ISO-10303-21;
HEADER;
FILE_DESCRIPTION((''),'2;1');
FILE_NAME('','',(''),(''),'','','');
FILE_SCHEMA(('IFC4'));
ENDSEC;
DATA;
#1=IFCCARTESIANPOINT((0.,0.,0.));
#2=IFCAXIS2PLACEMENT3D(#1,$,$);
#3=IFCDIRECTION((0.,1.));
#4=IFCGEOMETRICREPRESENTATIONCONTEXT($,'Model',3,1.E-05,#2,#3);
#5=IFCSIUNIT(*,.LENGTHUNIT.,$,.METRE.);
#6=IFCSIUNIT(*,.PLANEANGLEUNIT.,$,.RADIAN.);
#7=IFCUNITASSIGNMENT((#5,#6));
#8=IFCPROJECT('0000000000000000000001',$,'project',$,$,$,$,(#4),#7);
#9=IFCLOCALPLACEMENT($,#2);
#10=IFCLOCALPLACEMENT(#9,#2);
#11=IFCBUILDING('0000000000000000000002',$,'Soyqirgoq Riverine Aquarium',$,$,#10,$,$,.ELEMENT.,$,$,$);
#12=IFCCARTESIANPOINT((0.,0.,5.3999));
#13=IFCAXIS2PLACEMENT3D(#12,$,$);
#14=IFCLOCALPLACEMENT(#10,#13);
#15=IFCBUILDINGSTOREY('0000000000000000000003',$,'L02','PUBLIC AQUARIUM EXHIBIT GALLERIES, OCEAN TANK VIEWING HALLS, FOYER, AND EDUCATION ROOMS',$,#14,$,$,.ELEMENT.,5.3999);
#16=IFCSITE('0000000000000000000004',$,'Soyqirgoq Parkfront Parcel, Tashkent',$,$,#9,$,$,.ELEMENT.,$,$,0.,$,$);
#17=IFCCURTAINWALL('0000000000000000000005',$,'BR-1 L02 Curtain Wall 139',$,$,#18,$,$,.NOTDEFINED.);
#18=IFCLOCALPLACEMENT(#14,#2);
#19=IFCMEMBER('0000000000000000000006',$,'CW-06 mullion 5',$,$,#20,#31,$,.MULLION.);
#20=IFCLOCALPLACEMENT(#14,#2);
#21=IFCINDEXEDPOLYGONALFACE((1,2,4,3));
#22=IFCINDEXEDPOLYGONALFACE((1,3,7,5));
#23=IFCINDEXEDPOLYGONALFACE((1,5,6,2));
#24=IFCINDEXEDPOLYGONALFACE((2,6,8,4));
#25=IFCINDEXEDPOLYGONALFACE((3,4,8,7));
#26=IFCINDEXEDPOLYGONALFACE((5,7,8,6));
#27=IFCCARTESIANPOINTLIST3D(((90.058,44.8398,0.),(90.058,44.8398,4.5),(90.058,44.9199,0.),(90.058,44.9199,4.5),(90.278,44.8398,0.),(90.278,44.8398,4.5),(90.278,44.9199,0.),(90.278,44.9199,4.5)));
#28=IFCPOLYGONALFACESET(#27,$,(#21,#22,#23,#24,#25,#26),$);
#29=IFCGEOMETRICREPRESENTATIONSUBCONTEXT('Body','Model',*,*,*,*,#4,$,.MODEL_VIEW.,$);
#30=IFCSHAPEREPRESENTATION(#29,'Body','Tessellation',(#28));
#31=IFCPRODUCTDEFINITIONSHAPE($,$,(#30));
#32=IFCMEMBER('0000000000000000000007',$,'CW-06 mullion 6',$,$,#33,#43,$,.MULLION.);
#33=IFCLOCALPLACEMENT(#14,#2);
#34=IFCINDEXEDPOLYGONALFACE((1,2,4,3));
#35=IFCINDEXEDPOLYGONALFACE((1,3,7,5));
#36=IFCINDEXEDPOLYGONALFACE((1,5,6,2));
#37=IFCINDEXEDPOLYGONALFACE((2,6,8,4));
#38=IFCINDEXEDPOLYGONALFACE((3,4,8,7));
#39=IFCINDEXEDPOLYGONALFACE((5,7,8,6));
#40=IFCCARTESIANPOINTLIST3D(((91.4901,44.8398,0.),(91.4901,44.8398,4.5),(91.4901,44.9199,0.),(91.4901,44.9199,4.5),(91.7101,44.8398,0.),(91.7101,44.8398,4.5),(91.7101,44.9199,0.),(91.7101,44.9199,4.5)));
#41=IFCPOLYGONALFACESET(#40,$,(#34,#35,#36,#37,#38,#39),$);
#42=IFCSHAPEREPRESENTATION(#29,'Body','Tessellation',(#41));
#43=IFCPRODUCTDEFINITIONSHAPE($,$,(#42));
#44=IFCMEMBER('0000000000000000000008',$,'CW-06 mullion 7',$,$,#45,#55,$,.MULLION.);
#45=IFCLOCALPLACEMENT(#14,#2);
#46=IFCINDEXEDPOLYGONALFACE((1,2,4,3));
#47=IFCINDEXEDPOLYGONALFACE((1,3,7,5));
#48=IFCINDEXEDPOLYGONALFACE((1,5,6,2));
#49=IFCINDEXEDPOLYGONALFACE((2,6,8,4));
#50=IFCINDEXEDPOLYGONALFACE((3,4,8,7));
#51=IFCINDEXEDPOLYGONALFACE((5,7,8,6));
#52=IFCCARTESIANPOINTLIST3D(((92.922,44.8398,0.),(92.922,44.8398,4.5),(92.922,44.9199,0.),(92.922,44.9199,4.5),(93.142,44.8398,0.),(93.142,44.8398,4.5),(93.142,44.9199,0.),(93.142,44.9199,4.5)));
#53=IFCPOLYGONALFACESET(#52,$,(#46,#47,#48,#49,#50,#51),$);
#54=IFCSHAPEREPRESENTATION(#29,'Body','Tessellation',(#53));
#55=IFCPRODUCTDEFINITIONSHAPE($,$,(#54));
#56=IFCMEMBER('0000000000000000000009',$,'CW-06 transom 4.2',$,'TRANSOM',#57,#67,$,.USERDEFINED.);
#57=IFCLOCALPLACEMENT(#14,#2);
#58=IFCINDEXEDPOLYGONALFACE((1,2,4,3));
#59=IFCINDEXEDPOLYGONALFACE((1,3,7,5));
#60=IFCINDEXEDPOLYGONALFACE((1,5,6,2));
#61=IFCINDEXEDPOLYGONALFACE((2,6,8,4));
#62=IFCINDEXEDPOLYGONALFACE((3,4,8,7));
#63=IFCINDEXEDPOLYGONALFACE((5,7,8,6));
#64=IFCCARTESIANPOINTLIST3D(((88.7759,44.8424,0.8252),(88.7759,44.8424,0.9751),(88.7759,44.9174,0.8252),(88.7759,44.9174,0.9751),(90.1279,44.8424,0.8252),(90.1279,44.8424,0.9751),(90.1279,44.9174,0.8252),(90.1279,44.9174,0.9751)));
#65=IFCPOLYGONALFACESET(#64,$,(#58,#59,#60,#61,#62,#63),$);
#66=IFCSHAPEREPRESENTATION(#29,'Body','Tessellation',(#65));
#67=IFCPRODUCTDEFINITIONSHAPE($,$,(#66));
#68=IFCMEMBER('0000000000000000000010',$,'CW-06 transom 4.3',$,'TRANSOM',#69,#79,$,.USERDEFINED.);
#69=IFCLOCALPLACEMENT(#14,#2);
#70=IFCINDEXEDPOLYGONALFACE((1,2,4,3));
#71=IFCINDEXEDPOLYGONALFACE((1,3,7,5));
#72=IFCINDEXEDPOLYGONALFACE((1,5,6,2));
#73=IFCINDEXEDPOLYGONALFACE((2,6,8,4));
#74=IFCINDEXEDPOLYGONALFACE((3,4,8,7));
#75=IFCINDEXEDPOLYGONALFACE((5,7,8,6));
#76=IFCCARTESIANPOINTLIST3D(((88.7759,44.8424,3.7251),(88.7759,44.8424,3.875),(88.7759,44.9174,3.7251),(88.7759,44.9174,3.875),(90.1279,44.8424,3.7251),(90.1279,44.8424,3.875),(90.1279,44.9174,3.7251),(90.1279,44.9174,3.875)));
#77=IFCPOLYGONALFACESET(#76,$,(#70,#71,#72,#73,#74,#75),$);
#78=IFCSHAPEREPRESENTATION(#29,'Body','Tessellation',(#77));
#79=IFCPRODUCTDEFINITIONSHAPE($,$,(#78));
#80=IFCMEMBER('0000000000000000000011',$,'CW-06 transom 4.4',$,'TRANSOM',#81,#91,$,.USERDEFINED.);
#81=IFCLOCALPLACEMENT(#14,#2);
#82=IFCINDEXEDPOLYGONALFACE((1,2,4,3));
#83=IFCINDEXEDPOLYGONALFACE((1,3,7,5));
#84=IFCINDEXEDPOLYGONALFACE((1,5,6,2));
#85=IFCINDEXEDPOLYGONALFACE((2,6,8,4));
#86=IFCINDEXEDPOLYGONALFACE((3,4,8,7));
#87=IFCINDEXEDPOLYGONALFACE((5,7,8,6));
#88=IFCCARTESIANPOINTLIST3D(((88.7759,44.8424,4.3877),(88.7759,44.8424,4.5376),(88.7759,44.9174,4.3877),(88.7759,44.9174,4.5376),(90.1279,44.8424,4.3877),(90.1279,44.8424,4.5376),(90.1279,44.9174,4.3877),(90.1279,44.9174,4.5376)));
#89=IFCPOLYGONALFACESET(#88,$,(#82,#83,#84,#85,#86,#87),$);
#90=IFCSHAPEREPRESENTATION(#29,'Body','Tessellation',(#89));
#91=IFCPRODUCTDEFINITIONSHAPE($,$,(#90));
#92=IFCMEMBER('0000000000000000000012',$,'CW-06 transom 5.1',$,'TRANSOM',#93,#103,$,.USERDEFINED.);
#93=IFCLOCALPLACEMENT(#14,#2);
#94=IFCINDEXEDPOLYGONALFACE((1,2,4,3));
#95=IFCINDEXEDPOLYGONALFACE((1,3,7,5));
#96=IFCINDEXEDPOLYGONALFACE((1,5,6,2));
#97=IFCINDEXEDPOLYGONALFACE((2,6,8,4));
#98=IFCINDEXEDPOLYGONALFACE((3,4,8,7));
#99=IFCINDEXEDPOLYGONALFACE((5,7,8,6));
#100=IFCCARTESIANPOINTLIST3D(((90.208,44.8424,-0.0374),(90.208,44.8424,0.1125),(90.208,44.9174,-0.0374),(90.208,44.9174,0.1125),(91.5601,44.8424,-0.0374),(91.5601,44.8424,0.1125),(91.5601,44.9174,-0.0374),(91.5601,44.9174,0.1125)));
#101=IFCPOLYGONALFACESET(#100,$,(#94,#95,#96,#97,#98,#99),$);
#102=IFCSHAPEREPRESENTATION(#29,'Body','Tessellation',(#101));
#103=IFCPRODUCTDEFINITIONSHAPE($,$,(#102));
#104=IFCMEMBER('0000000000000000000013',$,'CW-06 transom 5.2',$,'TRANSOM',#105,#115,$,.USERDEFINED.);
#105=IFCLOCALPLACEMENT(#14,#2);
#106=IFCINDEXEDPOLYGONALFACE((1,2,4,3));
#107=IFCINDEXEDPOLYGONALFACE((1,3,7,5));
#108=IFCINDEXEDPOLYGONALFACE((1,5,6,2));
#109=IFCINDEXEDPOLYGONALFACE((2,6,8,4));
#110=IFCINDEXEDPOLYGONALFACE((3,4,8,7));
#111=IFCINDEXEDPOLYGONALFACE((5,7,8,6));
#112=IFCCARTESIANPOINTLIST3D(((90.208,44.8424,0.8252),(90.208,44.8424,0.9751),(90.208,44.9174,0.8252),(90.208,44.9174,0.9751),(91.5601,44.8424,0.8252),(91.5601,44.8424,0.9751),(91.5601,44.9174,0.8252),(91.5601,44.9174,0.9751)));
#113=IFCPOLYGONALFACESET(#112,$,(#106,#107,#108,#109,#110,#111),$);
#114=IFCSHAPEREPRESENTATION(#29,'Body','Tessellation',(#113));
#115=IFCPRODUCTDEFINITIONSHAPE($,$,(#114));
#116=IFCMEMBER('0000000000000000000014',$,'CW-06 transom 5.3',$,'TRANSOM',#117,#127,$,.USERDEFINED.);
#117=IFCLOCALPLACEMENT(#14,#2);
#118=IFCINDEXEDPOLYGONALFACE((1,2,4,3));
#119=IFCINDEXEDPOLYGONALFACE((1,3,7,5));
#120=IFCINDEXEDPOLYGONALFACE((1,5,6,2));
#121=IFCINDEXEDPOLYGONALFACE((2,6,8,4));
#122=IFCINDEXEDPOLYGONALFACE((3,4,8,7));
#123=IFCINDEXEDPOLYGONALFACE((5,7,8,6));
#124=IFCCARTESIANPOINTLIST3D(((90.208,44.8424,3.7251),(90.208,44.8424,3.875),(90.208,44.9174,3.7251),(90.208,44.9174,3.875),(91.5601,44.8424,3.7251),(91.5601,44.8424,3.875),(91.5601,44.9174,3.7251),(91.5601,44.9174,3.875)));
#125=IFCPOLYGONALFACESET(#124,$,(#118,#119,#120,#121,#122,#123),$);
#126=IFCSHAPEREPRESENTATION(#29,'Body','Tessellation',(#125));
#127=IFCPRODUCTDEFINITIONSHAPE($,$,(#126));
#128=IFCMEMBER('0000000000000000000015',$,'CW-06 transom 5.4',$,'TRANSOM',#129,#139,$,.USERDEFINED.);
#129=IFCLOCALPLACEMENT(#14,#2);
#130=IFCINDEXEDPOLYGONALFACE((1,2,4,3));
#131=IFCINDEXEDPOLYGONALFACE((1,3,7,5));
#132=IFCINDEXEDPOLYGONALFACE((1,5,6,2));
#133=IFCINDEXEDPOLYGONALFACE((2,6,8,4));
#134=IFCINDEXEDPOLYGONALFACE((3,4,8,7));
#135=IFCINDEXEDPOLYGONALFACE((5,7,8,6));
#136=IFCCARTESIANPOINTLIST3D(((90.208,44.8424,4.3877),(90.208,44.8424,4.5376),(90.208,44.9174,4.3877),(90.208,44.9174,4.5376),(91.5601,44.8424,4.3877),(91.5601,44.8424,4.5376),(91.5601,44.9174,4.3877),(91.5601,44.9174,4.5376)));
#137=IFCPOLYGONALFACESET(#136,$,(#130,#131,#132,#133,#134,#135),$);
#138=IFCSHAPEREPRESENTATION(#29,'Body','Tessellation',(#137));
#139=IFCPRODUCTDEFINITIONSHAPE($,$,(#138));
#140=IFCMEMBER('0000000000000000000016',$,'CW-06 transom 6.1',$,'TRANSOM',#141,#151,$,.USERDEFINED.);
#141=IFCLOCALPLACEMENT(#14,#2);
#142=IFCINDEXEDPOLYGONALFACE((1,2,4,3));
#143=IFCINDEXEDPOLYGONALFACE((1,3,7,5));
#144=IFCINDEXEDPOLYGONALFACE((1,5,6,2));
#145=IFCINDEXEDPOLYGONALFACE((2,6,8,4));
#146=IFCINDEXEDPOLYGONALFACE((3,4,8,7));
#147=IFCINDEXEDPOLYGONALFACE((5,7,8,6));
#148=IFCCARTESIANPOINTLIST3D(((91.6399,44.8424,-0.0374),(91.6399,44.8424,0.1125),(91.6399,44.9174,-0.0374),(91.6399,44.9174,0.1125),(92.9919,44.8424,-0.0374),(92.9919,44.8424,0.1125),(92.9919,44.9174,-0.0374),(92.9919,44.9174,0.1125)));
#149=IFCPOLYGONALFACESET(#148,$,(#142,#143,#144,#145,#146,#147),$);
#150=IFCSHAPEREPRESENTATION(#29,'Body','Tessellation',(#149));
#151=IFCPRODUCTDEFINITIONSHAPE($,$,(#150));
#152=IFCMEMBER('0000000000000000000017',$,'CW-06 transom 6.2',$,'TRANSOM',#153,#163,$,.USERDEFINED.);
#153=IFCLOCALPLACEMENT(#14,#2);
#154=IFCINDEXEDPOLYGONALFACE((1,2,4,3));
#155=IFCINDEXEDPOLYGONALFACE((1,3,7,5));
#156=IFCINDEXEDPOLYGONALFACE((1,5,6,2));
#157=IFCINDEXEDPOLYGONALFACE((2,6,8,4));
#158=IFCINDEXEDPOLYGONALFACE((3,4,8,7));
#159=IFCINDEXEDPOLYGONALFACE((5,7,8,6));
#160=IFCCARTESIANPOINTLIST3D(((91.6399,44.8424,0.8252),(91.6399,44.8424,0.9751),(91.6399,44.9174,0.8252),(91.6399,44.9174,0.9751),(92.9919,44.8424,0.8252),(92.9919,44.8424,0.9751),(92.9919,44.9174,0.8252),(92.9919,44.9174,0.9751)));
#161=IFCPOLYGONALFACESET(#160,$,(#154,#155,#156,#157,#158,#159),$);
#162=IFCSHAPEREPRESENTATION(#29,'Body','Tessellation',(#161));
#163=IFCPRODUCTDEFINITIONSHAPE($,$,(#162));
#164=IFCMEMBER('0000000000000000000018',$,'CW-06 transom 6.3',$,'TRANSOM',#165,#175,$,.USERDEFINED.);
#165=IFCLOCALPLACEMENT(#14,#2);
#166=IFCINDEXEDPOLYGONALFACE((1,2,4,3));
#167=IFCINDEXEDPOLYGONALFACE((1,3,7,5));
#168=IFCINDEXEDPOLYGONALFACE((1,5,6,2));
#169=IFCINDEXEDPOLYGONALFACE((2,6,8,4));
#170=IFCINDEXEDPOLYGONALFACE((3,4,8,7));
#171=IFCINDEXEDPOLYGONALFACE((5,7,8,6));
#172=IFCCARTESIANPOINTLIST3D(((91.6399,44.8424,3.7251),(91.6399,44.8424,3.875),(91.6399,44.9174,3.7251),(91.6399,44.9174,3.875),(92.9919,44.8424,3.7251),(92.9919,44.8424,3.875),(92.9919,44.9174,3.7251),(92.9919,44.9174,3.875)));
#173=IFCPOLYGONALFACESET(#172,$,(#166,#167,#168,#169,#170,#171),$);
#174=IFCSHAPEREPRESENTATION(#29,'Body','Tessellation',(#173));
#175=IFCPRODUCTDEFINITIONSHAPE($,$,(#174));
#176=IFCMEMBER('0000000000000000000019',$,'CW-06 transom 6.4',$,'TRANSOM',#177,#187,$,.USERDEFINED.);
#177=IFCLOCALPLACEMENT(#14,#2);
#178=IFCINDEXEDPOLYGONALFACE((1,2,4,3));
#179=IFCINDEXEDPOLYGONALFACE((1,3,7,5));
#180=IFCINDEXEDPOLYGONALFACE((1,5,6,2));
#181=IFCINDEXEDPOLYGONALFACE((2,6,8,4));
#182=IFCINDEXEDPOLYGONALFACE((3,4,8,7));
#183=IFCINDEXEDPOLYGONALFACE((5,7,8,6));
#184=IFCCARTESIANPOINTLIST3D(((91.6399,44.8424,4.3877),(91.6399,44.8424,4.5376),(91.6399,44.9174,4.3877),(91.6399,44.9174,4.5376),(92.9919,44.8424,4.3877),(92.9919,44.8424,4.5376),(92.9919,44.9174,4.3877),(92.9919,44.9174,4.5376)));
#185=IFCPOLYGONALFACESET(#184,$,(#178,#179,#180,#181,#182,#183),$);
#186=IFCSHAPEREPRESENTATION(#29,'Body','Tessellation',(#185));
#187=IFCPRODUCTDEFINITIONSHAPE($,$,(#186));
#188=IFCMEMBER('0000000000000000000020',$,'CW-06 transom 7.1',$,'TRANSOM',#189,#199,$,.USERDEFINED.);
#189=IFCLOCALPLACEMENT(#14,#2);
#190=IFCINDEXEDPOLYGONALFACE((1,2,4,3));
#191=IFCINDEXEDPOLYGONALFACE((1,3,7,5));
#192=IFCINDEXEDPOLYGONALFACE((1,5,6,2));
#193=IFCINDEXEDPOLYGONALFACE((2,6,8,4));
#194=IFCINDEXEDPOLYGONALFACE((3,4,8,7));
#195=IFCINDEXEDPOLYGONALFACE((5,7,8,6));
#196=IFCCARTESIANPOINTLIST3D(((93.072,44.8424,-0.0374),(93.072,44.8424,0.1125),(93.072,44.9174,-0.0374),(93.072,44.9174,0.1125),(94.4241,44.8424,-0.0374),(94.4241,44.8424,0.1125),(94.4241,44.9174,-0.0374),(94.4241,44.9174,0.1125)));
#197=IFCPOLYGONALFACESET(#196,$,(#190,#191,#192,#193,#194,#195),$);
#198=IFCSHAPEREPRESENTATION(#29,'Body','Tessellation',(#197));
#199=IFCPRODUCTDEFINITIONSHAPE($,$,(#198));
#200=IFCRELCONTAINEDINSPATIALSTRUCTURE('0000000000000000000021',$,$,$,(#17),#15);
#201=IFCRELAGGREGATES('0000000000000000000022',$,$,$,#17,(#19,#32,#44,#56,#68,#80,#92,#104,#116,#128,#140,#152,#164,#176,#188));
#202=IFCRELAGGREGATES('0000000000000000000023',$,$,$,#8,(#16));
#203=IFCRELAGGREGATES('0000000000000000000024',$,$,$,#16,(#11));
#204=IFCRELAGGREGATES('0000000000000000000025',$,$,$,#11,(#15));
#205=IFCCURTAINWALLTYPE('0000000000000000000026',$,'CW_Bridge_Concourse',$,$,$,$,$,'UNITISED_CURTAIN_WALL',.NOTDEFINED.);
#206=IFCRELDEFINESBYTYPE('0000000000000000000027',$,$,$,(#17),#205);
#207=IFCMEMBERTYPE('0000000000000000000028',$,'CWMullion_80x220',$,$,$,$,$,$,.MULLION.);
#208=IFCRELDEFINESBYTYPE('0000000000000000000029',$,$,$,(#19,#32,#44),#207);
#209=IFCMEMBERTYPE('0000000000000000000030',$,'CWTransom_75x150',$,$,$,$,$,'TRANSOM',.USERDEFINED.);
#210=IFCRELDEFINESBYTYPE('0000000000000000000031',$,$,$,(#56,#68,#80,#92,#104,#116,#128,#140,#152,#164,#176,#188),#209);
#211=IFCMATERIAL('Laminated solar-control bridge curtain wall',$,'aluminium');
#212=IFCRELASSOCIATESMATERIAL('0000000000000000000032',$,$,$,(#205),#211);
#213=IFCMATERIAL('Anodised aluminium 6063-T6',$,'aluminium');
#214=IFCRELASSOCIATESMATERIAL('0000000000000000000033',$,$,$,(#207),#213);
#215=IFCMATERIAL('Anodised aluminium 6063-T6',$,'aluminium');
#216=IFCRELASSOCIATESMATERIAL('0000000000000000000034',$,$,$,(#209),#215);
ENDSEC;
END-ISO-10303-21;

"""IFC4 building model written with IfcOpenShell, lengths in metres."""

from ifc_helpers import new_model, si_unit, direction, frame, origin, origin_2d, place, context, subcontext, project, spatial, rectangle, extrude, material, material_profile, profile_set, type_object, element, aggregate, save


model = new_model("IFC4")

# Units and contexts
model_context = context("Model", 3, precision=1e-05, world=origin(), true_north=direction((0.0, 1.0)))
body_context = subcontext(model_context, "Body", "Model", "MODEL_VIEW")
ifc_project = project(units=[si_unit("LENGTHUNIT", "METRE"), si_unit("PLANEANGLEUNIT", "RADIAN")], contexts=[model_context])

# Site, building, storey
site_placement = place(None, origin())
site = spatial("IfcSite", under=ifc_project, at=site_placement, Name="Soyqirgoq Parkfront Parcel, Tashkent", CompositionType="ELEMENT", RefElevation=0.0)
building_placement = place(site_placement, origin())
building = spatial("IfcBuilding", under=site, at=building_placement, Name="Soyqirgoq Riverine Aquarium", CompositionType="ELEMENT")
storey_placement = place(building_placement, frame((0.0, 0.0, 5.3999)))
storey = spatial("IfcBuildingStorey", under=building, at=storey_placement, Name="L02", Description="PUBLIC AQUARIUM EXHIBIT GALLERIES, OCEAN TANK VIEWING HALLS, FOYER, AND EDUCATION ROOMS", CompositionType="ELEMENT", Elevation=5.3999)

# Curtain wall, members
ifc_material_1 = material(Name="Laminated solar-control bridge curtain wall", Category="aluminium")
curtain_wall_type = type_object("IfcCurtainWallType", Name="CW_Bridge_Concourse", ElementType="UNITISED_CURTAIN_WALL", PredefinedType="NOTDEFINED", material=ifc_material_1)
curtain_wall_placement = place(storey_placement, origin())
curtain_wall = element("IfcCurtainWall", 1, at=curtain_wall_placement, inside=storey, type_object=curtain_wall_type, Name="BR-1 L02 Curtain Wall 139", PredefinedType="NOTDEFINED")
ifc_material_2 = material(Name="Anodised aluminium 6063-T6", Category="aluminium")
ifc_material_profile_1 = material_profile(ifc_material_2, rectangle(XDim=0.0801, YDim=0.22, at=origin_2d()), Name="ALU-M 80x220")
ifc_profile_set_1 = profile_set([ifc_material_profile_1], Name="Anodised aluminium 6063-T6")
member_type_1 = type_object("IfcMemberType", Name="CWMullion_80x220", PredefinedType="MULLION", material=ifc_profile_set_1)
member_1_placement = place(storey_placement, frame((90.168, 44.8799, 0.0), z_axis=(0.0, 0.0, 1.0), x_axis=(0.0, 1.0, 0.0)))
member_1 = element("IfcMember", 2, at=member_1_placement, type_object=member_type_1, Name="CW-06 mullion 5", PredefinedType="MULLION", context=body_context, shape_type="SweptSolid", body=[
    extrude(rectangle(XDim=0.0801, YDim=0.22, at=origin_2d()), origin(), (0.0, 0.0, 1.0), 4.5),
])
member_2_placement = place(storey_placement, frame((91.6001, 44.8799, 0.0), z_axis=(0.0, 0.0, 1.0), x_axis=(0.0, 1.0, 0.0)))
member_2 = element("IfcMember", 3, at=member_2_placement, type_object=member_type_1, Name="CW-06 mullion 6", PredefinedType="MULLION", context=body_context, shape_type="SweptSolid", body=[
    extrude(rectangle(XDim=0.0801, YDim=0.22, at=origin_2d()), origin(), (0.0, 0.0, 1.0), 4.5),
])
member_3_placement = place(storey_placement, frame((93.032, 44.8799, 0.0), z_axis=(0.0, 0.0, 1.0), x_axis=(0.0, 1.0, 0.0)))
member_3 = element("IfcMember", 4, at=member_3_placement, type_object=member_type_1, Name="CW-06 mullion 7", PredefinedType="MULLION", context=body_context, shape_type="SweptSolid", body=[
    extrude(rectangle(XDim=0.0801, YDim=0.22, at=origin_2d()), origin(), (0.0, 0.0, 1.0), 4.5),
])
ifc_material_3 = material(Name="Anodised aluminium 6063-T6", Category="aluminium")
ifc_material_profile_2 = material_profile(ifc_material_3, rectangle(XDim=0.075, YDim=0.1499, at=origin_2d()), Name="ALU-T 75x150")
ifc_profile_set_2 = profile_set([ifc_material_profile_2], Name="Anodised aluminium 6063-T6")
member_type_2 = type_object("IfcMemberType", Name="CWTransom_75x150", ElementType="TRANSOM", PredefinedType="USERDEFINED", material=ifc_profile_set_2)
member_4_placement = place(storey_placement, frame((88.7759, 44.8799, 0.9001), z_axis=(1.0, 0.0, 0.0), x_axis=(0.0, 1.0, 0.0)))
member_4 = element("IfcMember", 5, at=member_4_placement, type_object=member_type_2, Name="CW-06 transom 4.2", ObjectType="TRANSOM", PredefinedType="USERDEFINED", context=body_context, shape_type="SweptSolid", body=[
    extrude(rectangle(XDim=0.075, YDim=0.1499, at=origin_2d()), origin(), (0.0, 0.0, 1.0), 1.3521),
])
member_5_placement = place(storey_placement, frame((88.7759, 44.8799, 3.8), z_axis=(1.0, 0.0, 0.0), x_axis=(0.0, 1.0, 0.0)))
member_5 = element("IfcMember", 6, at=member_5_placement, type_object=member_type_2, Name="CW-06 transom 4.3", ObjectType="TRANSOM", PredefinedType="USERDEFINED", context=body_context, shape_type="SweptSolid", body=[
    extrude(rectangle(XDim=0.075, YDim=0.1499, at=origin_2d()), origin(), (0.0, 0.0, 1.0), 1.3521),
])
member_6_placement = place(storey_placement, frame((88.7759, 44.8799, 4.4626), z_axis=(1.0, 0.0, 0.0), x_axis=(0.0, 1.0, 0.0)))
member_6 = element("IfcMember", 7, at=member_6_placement, type_object=member_type_2, Name="CW-06 transom 4.4", ObjectType="TRANSOM", PredefinedType="USERDEFINED", context=body_context, shape_type="SweptSolid", body=[
    extrude(rectangle(XDim=0.075, YDim=0.1499, at=origin_2d()), origin(), (0.0, 0.0, 1.0), 1.3521),
])
member_7_placement = place(storey_placement, frame((90.208, 44.8799, 0.0376), z_axis=(1.0, 0.0, 0.0), x_axis=(0.0, 1.0, 0.0)))
member_7 = element("IfcMember", 8, at=member_7_placement, type_object=member_type_2, Name="CW-06 transom 5.1", ObjectType="TRANSOM", PredefinedType="USERDEFINED", context=body_context, shape_type="SweptSolid", body=[
    extrude(rectangle(XDim=0.075, YDim=0.1499, at=origin_2d()), origin(), (0.0, 0.0, 1.0), 1.3521),
])
member_8_placement = place(storey_placement, frame((90.208, 44.8799, 0.9001), z_axis=(1.0, 0.0, 0.0), x_axis=(0.0, 1.0, 0.0)))
member_8 = element("IfcMember", 9, at=member_8_placement, type_object=member_type_2, Name="CW-06 transom 5.2", ObjectType="TRANSOM", PredefinedType="USERDEFINED", context=body_context, shape_type="SweptSolid", body=[
    extrude(rectangle(XDim=0.075, YDim=0.1499, at=origin_2d()), origin(), (0.0, 0.0, 1.0), 1.3521),
])
member_9_placement = place(storey_placement, frame((90.208, 44.8799, 3.8), z_axis=(1.0, 0.0, 0.0), x_axis=(0.0, 1.0, 0.0)))
member_9 = element("IfcMember", 10, at=member_9_placement, type_object=member_type_2, Name="CW-06 transom 5.3", ObjectType="TRANSOM", PredefinedType="USERDEFINED", context=body_context, shape_type="SweptSolid", body=[
    extrude(rectangle(XDim=0.075, YDim=0.1499, at=origin_2d()), origin(), (0.0, 0.0, 1.0), 1.3521),
])
member_10_placement = place(storey_placement, frame((90.208, 44.8799, 4.4626), z_axis=(1.0, 0.0, 0.0), x_axis=(0.0, 1.0, 0.0)))
member_10 = element("IfcMember", 11, at=member_10_placement, type_object=member_type_2, Name="CW-06 transom 5.4", ObjectType="TRANSOM", PredefinedType="USERDEFINED", context=body_context, shape_type="SweptSolid", body=[
    extrude(rectangle(XDim=0.075, YDim=0.1499, at=origin_2d()), origin(), (0.0, 0.0, 1.0), 1.3521),
])
member_11_placement = place(storey_placement, frame((91.6399, 44.8799, 0.0376), z_axis=(1.0, 0.0, 0.0), x_axis=(0.0, 1.0, 0.0)))
member_11 = element("IfcMember", 12, at=member_11_placement, type_object=member_type_2, Name="CW-06 transom 6.1", ObjectType="TRANSOM", PredefinedType="USERDEFINED", context=body_context, shape_type="SweptSolid", body=[
    extrude(rectangle(XDim=0.075, YDim=0.1499, at=origin_2d()), origin(), (0.0, 0.0, 1.0), 1.3521),
])
member_12_placement = place(storey_placement, frame((91.6399, 44.8799, 0.9001), z_axis=(1.0, 0.0, 0.0), x_axis=(0.0, 1.0, 0.0)))
member_12 = element("IfcMember", 13, at=member_12_placement, type_object=member_type_2, Name="CW-06 transom 6.2", ObjectType="TRANSOM", PredefinedType="USERDEFINED", context=body_context, shape_type="SweptSolid", body=[
    extrude(rectangle(XDim=0.075, YDim=0.1499, at=origin_2d()), origin(), (0.0, 0.0, 1.0), 1.3521),
])
member_13_placement = place(storey_placement, frame((91.6399, 44.8799, 3.8), z_axis=(1.0, 0.0, 0.0), x_axis=(0.0, 1.0, 0.0)))
member_13 = element("IfcMember", 14, at=member_13_placement, type_object=member_type_2, Name="CW-06 transom 6.3", ObjectType="TRANSOM", PredefinedType="USERDEFINED", context=body_context, shape_type="SweptSolid", body=[
    extrude(rectangle(XDim=0.075, YDim=0.1499, at=origin_2d()), origin(), (0.0, 0.0, 1.0), 1.3521),
])
member_14_placement = place(storey_placement, frame((91.6399, 44.8799, 4.4626), z_axis=(1.0, 0.0, 0.0), x_axis=(0.0, 1.0, 0.0)))
member_14 = element("IfcMember", 15, at=member_14_placement, type_object=member_type_2, Name="CW-06 transom 6.4", ObjectType="TRANSOM", PredefinedType="USERDEFINED", context=body_context, shape_type="SweptSolid", body=[
    extrude(rectangle(XDim=0.075, YDim=0.1499, at=origin_2d()), origin(), (0.0, 0.0, 1.0), 1.3521),
])
member_15_placement = place(storey_placement, frame((93.072, 44.8799, 0.0376), z_axis=(1.0, 0.0, 0.0), x_axis=(0.0, 1.0, 0.0)))
member_15 = element("IfcMember", 16, at=member_15_placement, type_object=member_type_2, Name="CW-06 transom 7.1", ObjectType="TRANSOM", PredefinedType="USERDEFINED", context=body_context, shape_type="SweptSolid", body=[
    extrude(rectangle(XDim=0.075, YDim=0.1499, at=origin_2d()), origin(), (0.0, 0.0, 1.0), 1.3521),
])
aggregate(curtain_wall, [member_1, member_2, member_3, member_4, member_5, member_6, member_7, member_8, member_9, member_10, member_11, member_12, member_13, member_14, member_15])

save(model, "model.ifc")
